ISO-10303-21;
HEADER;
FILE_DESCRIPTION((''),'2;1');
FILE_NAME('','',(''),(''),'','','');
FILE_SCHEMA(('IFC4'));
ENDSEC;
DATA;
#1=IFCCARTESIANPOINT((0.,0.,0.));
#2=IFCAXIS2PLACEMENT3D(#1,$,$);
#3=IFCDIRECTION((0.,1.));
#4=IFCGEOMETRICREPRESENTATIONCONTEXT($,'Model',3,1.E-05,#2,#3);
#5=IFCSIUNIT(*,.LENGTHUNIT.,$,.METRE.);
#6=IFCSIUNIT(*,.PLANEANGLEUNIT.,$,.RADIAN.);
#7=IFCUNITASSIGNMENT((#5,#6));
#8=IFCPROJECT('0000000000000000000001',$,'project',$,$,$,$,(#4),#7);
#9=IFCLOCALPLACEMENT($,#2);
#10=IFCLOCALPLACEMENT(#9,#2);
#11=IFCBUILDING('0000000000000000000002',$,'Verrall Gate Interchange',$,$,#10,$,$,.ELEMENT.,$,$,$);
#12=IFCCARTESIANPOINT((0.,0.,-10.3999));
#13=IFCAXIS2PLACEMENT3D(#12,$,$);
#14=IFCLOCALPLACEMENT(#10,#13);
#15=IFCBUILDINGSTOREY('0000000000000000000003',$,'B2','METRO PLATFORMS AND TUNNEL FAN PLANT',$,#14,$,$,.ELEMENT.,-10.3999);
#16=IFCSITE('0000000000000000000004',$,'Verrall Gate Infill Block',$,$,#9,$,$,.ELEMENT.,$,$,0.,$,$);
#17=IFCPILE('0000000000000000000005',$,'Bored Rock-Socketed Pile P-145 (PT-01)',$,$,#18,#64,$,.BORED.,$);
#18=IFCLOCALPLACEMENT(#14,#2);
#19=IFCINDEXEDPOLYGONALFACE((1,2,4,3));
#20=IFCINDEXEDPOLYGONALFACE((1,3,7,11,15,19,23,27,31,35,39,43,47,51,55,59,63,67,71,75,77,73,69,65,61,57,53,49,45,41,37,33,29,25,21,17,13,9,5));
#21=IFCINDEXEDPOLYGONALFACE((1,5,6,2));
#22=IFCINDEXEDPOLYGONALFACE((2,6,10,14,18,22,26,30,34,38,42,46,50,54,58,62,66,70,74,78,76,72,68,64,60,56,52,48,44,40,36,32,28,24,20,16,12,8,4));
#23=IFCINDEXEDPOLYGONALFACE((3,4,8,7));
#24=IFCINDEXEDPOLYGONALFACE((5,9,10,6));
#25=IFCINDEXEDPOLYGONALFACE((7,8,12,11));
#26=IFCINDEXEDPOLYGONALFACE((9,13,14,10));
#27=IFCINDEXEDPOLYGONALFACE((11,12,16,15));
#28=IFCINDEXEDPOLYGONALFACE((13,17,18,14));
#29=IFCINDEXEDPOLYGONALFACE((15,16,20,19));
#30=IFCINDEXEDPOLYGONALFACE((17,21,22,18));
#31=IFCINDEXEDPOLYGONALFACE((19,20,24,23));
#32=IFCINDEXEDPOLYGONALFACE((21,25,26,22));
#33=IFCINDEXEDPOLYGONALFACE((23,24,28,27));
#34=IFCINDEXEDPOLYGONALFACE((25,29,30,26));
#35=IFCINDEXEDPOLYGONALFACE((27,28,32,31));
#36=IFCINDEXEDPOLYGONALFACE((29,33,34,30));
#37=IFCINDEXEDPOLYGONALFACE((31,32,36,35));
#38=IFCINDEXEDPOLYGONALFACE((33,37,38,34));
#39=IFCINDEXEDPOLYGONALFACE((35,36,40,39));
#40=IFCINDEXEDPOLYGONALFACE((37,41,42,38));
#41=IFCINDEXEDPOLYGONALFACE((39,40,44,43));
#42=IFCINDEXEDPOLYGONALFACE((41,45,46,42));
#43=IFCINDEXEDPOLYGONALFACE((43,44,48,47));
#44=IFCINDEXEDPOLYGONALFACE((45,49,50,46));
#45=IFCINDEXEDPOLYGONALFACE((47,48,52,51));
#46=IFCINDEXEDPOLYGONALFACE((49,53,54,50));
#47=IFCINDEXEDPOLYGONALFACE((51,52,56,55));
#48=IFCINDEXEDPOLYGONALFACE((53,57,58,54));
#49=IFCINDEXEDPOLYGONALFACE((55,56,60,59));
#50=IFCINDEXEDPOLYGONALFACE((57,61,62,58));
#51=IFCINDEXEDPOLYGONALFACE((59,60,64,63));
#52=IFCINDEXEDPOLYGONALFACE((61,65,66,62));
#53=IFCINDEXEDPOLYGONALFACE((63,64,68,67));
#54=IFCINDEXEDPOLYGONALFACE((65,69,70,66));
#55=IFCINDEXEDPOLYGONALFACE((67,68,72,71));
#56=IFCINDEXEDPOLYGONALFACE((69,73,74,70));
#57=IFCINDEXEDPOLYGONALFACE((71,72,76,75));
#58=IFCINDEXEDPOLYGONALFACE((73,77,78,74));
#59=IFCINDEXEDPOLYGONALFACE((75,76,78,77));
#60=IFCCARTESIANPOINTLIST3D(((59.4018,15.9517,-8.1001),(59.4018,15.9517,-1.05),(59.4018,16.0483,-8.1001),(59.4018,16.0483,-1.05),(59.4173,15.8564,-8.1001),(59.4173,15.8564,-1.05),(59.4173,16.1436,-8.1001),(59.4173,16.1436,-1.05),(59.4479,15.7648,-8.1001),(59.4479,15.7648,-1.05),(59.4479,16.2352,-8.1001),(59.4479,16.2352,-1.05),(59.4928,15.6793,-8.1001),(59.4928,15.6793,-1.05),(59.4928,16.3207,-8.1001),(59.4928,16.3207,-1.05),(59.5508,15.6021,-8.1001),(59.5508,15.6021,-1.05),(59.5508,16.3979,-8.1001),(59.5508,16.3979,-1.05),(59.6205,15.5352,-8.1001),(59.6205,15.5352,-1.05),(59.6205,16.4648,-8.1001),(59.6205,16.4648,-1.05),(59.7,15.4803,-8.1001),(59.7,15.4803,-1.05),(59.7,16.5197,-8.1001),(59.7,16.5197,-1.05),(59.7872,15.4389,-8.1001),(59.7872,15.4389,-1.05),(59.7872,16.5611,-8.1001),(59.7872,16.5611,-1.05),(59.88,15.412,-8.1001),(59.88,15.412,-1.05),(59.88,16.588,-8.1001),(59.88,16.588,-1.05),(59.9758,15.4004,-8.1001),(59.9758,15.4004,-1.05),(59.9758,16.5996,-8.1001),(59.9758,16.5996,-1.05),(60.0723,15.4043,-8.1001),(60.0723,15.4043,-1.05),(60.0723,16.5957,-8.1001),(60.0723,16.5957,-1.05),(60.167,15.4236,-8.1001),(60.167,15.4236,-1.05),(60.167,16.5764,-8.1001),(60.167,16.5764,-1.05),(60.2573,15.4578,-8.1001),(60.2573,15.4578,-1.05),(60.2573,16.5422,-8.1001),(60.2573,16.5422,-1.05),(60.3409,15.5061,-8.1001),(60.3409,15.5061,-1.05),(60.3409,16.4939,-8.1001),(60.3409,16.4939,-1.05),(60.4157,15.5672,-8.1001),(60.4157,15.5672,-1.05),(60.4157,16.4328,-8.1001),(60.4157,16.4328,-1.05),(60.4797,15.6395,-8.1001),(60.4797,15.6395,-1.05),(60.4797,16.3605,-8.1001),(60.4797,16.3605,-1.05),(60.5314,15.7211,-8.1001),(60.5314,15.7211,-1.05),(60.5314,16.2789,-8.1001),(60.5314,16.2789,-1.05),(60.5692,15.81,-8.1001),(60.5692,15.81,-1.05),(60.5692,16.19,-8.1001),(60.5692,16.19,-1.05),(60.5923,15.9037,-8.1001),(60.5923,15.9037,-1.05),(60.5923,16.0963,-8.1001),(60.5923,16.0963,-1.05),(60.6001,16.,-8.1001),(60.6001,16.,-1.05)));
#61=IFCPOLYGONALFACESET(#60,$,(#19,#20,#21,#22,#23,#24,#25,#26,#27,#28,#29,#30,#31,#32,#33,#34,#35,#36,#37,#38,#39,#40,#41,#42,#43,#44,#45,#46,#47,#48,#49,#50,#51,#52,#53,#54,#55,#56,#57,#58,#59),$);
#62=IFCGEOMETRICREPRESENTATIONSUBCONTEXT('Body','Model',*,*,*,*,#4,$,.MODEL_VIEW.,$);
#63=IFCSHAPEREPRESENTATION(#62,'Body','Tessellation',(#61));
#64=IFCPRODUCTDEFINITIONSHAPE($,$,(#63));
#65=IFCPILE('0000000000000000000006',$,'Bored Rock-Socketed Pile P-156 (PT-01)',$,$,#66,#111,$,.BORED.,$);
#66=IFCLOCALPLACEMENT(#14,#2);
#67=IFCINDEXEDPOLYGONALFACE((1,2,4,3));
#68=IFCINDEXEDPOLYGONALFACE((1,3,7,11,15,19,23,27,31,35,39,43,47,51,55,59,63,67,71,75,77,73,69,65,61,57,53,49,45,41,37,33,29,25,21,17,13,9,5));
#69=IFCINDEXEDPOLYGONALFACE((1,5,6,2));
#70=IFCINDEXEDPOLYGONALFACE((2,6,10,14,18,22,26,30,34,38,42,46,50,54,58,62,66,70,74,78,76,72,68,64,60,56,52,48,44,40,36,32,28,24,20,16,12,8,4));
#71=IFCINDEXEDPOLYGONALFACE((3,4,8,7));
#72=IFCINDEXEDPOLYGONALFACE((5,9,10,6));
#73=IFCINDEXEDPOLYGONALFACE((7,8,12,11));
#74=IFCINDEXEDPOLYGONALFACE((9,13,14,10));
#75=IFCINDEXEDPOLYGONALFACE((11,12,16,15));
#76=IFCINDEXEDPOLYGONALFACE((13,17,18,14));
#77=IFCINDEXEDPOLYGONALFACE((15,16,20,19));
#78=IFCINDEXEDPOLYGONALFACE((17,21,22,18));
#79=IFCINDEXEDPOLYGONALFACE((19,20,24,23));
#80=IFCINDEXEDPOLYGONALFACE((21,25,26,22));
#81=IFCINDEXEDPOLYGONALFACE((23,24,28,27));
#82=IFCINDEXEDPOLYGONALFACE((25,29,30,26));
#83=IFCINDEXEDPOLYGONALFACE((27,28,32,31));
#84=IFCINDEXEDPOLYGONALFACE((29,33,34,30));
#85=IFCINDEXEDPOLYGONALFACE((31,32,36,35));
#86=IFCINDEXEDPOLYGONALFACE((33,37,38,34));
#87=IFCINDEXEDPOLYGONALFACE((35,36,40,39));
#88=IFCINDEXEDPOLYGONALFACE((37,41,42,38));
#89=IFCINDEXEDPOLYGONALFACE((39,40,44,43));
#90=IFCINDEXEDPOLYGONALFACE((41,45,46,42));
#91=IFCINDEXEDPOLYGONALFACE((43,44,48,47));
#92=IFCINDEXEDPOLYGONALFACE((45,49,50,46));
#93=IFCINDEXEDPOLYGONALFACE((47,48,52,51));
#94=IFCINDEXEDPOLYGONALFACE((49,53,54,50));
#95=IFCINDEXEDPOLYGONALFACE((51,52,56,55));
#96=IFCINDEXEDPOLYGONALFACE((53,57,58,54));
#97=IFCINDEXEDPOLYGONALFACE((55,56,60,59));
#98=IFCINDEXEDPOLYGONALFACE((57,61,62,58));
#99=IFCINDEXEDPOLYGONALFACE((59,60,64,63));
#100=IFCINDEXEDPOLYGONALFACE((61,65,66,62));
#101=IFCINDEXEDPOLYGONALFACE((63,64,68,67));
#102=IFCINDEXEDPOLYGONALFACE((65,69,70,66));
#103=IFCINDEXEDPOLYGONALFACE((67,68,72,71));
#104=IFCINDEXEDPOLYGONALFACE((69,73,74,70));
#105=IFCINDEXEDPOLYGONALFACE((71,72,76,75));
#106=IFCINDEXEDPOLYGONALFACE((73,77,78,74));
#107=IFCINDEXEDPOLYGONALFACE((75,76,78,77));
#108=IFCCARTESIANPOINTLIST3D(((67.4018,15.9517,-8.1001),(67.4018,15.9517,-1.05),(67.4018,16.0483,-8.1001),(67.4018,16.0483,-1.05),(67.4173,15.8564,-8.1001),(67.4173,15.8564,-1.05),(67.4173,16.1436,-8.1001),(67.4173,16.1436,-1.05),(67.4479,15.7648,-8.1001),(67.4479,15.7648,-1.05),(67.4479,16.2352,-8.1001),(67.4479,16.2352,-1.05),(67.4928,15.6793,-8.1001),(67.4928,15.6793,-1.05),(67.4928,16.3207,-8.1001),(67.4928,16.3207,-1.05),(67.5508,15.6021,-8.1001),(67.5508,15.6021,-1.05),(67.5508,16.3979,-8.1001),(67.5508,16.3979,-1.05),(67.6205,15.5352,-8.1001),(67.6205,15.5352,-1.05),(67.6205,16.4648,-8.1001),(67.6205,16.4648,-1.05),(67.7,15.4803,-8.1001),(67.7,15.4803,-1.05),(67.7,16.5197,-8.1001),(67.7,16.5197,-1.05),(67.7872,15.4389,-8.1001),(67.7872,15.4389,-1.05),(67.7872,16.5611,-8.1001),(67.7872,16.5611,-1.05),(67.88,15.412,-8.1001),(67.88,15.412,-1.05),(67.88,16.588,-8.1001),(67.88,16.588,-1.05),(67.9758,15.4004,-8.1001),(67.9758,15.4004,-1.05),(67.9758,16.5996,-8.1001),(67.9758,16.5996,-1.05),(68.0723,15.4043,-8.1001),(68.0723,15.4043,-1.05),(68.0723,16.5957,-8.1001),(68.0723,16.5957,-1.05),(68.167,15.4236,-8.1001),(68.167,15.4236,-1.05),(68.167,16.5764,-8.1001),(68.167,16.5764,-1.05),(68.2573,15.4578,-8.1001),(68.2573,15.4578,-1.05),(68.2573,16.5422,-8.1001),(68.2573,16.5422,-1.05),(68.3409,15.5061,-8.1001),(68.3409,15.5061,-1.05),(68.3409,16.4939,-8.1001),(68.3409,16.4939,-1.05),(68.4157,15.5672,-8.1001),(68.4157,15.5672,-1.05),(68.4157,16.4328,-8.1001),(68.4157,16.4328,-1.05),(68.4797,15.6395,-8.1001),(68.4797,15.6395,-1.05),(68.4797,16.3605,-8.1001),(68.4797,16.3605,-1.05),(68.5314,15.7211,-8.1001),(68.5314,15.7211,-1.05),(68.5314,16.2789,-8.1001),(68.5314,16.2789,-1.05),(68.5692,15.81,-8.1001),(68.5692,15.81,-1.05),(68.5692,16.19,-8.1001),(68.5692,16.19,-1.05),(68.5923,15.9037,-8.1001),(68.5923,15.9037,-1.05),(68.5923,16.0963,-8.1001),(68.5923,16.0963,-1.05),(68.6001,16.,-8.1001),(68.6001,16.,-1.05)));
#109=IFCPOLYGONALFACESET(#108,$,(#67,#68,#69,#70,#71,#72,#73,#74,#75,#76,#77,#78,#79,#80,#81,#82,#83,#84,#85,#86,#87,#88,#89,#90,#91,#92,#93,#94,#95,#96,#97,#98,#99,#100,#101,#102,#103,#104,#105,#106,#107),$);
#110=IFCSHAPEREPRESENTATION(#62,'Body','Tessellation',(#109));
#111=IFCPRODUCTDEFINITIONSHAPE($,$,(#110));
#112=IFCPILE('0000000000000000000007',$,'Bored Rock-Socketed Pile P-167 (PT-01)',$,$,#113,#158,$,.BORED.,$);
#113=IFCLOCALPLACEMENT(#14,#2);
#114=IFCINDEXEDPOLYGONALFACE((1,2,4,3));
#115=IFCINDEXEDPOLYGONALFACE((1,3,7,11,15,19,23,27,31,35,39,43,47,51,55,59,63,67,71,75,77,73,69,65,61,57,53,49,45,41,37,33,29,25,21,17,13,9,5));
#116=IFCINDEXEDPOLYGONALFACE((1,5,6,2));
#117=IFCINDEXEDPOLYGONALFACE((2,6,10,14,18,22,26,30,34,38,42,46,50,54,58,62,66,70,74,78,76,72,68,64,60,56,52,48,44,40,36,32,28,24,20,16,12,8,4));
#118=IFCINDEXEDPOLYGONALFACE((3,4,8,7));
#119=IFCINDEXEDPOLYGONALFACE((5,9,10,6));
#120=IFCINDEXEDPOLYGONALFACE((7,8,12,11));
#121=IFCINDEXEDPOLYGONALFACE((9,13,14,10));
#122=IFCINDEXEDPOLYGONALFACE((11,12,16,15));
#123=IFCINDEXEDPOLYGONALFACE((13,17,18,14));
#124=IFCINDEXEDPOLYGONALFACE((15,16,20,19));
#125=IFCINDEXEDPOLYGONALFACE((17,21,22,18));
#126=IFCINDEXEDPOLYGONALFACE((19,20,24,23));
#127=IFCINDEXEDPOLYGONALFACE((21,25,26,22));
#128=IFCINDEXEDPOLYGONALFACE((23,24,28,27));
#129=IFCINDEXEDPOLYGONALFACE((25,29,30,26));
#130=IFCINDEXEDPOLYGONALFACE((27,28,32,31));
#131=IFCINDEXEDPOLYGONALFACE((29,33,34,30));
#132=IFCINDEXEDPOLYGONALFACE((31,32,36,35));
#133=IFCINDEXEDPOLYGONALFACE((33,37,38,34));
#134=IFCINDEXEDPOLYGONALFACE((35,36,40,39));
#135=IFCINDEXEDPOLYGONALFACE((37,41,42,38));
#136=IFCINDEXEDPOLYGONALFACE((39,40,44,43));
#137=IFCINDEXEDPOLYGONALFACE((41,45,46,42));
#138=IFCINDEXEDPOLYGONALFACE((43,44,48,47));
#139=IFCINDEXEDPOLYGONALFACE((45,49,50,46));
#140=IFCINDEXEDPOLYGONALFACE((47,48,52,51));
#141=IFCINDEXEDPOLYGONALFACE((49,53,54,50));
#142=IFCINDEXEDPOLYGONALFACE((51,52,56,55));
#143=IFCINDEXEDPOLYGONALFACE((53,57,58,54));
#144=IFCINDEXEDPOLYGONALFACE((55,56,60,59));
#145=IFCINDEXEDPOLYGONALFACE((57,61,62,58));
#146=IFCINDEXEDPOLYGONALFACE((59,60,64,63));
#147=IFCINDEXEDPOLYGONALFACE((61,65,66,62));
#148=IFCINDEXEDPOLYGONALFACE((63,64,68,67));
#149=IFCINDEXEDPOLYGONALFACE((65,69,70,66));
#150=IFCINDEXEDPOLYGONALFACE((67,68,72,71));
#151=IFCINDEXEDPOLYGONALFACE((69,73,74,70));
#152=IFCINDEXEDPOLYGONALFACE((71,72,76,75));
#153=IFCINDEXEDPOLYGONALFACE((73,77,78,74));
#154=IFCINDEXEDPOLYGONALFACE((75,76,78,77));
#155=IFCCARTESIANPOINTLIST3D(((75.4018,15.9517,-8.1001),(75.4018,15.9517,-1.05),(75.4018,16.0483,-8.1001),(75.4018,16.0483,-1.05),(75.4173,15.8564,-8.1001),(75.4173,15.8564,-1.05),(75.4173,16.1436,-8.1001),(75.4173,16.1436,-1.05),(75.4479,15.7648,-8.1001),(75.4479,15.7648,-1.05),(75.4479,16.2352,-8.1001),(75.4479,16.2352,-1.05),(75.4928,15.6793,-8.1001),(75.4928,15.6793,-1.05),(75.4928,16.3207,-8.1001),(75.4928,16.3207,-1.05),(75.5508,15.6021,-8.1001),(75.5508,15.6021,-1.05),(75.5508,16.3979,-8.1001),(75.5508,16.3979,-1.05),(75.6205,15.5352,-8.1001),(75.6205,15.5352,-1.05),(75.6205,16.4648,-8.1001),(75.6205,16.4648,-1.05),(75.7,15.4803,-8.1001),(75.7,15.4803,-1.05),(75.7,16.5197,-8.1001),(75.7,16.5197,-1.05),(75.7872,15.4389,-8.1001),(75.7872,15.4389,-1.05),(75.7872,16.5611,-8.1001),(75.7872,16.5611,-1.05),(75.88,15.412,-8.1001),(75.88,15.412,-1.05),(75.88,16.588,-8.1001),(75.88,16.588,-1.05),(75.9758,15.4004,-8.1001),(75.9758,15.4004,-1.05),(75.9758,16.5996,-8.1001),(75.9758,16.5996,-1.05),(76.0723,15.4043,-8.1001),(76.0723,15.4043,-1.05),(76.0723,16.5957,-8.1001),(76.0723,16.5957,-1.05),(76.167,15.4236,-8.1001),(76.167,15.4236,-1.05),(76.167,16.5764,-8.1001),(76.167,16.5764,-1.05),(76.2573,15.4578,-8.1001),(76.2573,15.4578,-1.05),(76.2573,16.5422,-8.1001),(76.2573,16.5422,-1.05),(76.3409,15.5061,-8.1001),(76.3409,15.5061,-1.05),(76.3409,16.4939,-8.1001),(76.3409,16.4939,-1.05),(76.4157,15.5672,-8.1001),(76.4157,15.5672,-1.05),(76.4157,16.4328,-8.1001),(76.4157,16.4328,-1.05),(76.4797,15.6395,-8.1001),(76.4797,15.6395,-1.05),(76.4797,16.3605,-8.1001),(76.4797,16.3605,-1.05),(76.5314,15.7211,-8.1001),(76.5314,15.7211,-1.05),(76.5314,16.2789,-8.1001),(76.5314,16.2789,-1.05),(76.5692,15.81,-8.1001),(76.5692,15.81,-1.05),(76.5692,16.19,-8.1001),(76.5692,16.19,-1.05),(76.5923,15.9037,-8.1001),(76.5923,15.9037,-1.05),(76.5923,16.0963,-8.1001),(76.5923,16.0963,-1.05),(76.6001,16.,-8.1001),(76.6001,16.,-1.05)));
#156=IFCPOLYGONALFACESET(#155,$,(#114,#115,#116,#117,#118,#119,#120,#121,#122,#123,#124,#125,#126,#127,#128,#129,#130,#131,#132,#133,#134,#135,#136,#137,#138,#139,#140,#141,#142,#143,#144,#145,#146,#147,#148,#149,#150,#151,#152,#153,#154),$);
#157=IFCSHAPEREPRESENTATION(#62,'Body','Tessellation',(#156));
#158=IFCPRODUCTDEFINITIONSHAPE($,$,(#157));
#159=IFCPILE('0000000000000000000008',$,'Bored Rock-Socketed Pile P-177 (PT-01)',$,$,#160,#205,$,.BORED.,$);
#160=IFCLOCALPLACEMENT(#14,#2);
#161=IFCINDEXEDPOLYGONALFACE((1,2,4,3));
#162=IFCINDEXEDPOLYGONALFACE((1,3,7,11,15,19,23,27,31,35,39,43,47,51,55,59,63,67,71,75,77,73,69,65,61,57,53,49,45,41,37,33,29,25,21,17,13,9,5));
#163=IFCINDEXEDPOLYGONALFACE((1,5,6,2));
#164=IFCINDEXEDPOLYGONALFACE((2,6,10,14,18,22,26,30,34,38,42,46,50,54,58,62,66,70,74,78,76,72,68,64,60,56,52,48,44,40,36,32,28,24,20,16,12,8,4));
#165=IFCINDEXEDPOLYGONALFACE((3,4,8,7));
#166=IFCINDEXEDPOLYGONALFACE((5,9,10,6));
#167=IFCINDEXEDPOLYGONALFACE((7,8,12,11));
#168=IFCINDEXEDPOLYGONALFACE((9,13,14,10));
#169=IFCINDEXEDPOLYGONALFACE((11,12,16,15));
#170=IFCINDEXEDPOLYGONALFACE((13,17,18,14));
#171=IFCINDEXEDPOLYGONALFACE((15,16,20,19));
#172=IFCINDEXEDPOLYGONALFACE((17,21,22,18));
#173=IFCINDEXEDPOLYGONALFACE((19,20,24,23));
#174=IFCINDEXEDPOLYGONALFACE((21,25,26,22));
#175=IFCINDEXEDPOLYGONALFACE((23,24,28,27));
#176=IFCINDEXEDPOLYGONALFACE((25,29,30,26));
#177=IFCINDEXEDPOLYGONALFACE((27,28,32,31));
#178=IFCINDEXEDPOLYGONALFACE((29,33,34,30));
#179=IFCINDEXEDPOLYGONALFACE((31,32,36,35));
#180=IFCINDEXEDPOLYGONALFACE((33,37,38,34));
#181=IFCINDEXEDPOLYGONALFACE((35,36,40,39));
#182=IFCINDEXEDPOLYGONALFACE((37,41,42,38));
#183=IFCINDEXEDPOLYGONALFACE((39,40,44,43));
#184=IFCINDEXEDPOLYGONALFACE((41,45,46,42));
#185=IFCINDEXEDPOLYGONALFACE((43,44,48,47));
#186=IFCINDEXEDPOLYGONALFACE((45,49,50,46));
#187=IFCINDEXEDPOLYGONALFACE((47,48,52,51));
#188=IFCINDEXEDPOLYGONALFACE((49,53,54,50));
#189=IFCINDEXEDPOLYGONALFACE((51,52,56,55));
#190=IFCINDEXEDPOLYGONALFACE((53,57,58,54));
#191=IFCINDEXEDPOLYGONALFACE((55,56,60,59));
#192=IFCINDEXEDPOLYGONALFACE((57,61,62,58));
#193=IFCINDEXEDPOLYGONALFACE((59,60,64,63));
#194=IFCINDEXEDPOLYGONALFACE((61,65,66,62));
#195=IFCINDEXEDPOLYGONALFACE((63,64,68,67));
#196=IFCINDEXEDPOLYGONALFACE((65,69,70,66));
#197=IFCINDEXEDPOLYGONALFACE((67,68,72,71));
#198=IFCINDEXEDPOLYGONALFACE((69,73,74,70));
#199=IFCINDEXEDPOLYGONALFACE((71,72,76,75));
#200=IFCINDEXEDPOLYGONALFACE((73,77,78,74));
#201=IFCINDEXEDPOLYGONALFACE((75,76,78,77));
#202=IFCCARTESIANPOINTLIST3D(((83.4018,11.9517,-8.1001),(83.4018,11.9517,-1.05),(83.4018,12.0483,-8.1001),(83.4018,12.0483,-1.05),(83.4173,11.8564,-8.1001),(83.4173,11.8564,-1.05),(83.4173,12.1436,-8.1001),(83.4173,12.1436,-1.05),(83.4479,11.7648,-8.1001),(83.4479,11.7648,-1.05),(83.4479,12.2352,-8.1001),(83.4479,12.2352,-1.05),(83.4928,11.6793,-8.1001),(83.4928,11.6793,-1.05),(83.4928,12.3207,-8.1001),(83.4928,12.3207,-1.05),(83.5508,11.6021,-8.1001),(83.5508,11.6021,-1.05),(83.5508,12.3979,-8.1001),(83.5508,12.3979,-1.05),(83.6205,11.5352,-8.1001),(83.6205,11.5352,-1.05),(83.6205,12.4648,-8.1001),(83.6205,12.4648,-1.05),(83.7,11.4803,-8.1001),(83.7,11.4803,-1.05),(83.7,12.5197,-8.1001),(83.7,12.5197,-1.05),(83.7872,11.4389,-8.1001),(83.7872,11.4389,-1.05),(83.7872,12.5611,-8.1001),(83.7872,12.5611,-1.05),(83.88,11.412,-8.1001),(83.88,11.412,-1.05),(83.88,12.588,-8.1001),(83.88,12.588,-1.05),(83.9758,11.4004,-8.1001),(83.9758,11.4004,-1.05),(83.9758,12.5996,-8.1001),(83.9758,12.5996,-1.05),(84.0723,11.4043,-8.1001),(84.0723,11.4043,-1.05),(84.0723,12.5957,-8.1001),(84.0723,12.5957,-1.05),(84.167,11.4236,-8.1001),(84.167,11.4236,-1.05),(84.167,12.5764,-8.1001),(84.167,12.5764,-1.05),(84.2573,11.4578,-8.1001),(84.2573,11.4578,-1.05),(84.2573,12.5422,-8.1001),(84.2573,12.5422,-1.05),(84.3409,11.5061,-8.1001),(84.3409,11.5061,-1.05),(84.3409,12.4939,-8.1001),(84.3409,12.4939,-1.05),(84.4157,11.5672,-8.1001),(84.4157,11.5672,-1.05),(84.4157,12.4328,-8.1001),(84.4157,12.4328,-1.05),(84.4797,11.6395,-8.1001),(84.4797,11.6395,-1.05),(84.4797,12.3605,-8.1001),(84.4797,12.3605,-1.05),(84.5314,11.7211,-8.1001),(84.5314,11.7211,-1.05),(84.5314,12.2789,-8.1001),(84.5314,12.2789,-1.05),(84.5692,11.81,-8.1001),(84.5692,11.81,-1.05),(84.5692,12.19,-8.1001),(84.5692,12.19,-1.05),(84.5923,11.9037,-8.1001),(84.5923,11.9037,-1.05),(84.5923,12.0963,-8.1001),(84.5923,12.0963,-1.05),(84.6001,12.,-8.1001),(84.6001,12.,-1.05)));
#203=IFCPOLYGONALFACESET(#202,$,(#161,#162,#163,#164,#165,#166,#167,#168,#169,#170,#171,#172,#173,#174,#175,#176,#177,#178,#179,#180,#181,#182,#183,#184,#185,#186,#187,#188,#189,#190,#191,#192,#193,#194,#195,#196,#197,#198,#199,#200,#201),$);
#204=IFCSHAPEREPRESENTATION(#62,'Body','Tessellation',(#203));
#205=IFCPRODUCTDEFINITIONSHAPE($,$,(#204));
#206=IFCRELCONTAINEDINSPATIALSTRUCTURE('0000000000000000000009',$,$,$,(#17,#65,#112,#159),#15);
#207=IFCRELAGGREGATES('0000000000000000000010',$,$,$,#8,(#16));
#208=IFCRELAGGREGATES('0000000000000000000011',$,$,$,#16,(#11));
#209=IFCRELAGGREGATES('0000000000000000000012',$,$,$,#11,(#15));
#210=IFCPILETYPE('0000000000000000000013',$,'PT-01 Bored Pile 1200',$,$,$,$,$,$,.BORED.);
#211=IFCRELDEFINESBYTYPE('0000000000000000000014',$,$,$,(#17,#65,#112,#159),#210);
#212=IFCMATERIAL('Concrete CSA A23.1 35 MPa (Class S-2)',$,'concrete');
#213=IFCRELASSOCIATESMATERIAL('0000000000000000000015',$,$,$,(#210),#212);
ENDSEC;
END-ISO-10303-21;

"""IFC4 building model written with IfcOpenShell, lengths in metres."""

from ifc_helpers import new_model, si_unit, direction, frame, origin, origin_2d, place, context, subcontext, project, spatial, circle, extrude, material, material_profile, profile_set, type_object, element, save


model = new_model("IFC4")

# Units and contexts
model_context = context("Model", 3, precision=1e-05, world=origin(), true_north=direction((0.0, 1.0)))
body_context = subcontext(model_context, "Body", "Model", "MODEL_VIEW")
ifc_project = project(units=[si_unit("LENGTHUNIT", "METRE"), si_unit("PLANEANGLEUNIT", "RADIAN")], contexts=[model_context])

# Site, building, storey
site_placement = place(None, origin())
site = spatial("IfcSite", under=ifc_project, at=site_placement, Name="Verrall Gate Infill Block", CompositionType="ELEMENT", RefElevation=0.0)
building_placement = place(site_placement, origin())
building = spatial("IfcBuilding", under=site, at=building_placement, Name="Verrall Gate Interchange", CompositionType="ELEMENT")
storey_placement = place(building_placement, frame((0.0, 0.0, -10.3999)))
storey = spatial("IfcBuildingStorey", under=building, at=storey_placement, Name="B2", Description="METRO PLATFORMS AND TUNNEL FAN PLANT", CompositionType="ELEMENT", Elevation=-10.3999)

# Piles
ifc_material_1 = material(Name="Concrete CSA A23.1 35 MPa (Class S-2)", Category="concrete")
ifc_material_profile_1 = material_profile(ifc_material_1, circle(Radius=0.6001, at=origin_2d()), Name="PILE1200D")
ifc_profile_set_1 = profile_set([ifc_material_profile_1], Name="Concrete CSA A23.1 35 MPa (Class S-2)")
pile_type_1 = type_object("IfcPileType", Name="PT-01 Bored Pile 1200", PredefinedType="BORED", material=ifc_profile_set_1)
for number, where, z_axis, x_axis, name in (
    (1, (60.0, 16.0, -1.05), (0.0, 0.0, -1.0), (1.0, 0.0, 0.0), "Bored Rock-Socketed Pile P-145 (PT-01)"),
    (2, (68.0, 16.0, -1.05), (0.0, 0.0, -1.0), (1.0, 0.0, 0.0), "Bored Rock-Socketed Pile P-156 (PT-01)"),
    (3, (76.0, 16.0, -1.05), (0.0, 0.0, -1.0), (1.0, 0.0, 0.0), "Bored Rock-Socketed Pile P-167 (PT-01)"),
    (4, (84.0, 12.0, -1.05), (0.0, 0.0, -1.0), (1.0, 0.0, 0.0), "Bored Rock-Socketed Pile P-177 (PT-01)"),
):
    element("IfcPile", number, at=place(storey_placement, frame(where, z_axis=z_axis, x_axis=x_axis)), inside=storey, type_object=pile_type_1, Name=name, PredefinedType="BORED", context=body_context, shape_type="SweptSolid", body=[
        extrude(circle(Radius=0.6001, at=origin_2d()), origin(), (0.0, 0.0, 1.0), 7.05),
    ])

save(model, "model.ifc")
